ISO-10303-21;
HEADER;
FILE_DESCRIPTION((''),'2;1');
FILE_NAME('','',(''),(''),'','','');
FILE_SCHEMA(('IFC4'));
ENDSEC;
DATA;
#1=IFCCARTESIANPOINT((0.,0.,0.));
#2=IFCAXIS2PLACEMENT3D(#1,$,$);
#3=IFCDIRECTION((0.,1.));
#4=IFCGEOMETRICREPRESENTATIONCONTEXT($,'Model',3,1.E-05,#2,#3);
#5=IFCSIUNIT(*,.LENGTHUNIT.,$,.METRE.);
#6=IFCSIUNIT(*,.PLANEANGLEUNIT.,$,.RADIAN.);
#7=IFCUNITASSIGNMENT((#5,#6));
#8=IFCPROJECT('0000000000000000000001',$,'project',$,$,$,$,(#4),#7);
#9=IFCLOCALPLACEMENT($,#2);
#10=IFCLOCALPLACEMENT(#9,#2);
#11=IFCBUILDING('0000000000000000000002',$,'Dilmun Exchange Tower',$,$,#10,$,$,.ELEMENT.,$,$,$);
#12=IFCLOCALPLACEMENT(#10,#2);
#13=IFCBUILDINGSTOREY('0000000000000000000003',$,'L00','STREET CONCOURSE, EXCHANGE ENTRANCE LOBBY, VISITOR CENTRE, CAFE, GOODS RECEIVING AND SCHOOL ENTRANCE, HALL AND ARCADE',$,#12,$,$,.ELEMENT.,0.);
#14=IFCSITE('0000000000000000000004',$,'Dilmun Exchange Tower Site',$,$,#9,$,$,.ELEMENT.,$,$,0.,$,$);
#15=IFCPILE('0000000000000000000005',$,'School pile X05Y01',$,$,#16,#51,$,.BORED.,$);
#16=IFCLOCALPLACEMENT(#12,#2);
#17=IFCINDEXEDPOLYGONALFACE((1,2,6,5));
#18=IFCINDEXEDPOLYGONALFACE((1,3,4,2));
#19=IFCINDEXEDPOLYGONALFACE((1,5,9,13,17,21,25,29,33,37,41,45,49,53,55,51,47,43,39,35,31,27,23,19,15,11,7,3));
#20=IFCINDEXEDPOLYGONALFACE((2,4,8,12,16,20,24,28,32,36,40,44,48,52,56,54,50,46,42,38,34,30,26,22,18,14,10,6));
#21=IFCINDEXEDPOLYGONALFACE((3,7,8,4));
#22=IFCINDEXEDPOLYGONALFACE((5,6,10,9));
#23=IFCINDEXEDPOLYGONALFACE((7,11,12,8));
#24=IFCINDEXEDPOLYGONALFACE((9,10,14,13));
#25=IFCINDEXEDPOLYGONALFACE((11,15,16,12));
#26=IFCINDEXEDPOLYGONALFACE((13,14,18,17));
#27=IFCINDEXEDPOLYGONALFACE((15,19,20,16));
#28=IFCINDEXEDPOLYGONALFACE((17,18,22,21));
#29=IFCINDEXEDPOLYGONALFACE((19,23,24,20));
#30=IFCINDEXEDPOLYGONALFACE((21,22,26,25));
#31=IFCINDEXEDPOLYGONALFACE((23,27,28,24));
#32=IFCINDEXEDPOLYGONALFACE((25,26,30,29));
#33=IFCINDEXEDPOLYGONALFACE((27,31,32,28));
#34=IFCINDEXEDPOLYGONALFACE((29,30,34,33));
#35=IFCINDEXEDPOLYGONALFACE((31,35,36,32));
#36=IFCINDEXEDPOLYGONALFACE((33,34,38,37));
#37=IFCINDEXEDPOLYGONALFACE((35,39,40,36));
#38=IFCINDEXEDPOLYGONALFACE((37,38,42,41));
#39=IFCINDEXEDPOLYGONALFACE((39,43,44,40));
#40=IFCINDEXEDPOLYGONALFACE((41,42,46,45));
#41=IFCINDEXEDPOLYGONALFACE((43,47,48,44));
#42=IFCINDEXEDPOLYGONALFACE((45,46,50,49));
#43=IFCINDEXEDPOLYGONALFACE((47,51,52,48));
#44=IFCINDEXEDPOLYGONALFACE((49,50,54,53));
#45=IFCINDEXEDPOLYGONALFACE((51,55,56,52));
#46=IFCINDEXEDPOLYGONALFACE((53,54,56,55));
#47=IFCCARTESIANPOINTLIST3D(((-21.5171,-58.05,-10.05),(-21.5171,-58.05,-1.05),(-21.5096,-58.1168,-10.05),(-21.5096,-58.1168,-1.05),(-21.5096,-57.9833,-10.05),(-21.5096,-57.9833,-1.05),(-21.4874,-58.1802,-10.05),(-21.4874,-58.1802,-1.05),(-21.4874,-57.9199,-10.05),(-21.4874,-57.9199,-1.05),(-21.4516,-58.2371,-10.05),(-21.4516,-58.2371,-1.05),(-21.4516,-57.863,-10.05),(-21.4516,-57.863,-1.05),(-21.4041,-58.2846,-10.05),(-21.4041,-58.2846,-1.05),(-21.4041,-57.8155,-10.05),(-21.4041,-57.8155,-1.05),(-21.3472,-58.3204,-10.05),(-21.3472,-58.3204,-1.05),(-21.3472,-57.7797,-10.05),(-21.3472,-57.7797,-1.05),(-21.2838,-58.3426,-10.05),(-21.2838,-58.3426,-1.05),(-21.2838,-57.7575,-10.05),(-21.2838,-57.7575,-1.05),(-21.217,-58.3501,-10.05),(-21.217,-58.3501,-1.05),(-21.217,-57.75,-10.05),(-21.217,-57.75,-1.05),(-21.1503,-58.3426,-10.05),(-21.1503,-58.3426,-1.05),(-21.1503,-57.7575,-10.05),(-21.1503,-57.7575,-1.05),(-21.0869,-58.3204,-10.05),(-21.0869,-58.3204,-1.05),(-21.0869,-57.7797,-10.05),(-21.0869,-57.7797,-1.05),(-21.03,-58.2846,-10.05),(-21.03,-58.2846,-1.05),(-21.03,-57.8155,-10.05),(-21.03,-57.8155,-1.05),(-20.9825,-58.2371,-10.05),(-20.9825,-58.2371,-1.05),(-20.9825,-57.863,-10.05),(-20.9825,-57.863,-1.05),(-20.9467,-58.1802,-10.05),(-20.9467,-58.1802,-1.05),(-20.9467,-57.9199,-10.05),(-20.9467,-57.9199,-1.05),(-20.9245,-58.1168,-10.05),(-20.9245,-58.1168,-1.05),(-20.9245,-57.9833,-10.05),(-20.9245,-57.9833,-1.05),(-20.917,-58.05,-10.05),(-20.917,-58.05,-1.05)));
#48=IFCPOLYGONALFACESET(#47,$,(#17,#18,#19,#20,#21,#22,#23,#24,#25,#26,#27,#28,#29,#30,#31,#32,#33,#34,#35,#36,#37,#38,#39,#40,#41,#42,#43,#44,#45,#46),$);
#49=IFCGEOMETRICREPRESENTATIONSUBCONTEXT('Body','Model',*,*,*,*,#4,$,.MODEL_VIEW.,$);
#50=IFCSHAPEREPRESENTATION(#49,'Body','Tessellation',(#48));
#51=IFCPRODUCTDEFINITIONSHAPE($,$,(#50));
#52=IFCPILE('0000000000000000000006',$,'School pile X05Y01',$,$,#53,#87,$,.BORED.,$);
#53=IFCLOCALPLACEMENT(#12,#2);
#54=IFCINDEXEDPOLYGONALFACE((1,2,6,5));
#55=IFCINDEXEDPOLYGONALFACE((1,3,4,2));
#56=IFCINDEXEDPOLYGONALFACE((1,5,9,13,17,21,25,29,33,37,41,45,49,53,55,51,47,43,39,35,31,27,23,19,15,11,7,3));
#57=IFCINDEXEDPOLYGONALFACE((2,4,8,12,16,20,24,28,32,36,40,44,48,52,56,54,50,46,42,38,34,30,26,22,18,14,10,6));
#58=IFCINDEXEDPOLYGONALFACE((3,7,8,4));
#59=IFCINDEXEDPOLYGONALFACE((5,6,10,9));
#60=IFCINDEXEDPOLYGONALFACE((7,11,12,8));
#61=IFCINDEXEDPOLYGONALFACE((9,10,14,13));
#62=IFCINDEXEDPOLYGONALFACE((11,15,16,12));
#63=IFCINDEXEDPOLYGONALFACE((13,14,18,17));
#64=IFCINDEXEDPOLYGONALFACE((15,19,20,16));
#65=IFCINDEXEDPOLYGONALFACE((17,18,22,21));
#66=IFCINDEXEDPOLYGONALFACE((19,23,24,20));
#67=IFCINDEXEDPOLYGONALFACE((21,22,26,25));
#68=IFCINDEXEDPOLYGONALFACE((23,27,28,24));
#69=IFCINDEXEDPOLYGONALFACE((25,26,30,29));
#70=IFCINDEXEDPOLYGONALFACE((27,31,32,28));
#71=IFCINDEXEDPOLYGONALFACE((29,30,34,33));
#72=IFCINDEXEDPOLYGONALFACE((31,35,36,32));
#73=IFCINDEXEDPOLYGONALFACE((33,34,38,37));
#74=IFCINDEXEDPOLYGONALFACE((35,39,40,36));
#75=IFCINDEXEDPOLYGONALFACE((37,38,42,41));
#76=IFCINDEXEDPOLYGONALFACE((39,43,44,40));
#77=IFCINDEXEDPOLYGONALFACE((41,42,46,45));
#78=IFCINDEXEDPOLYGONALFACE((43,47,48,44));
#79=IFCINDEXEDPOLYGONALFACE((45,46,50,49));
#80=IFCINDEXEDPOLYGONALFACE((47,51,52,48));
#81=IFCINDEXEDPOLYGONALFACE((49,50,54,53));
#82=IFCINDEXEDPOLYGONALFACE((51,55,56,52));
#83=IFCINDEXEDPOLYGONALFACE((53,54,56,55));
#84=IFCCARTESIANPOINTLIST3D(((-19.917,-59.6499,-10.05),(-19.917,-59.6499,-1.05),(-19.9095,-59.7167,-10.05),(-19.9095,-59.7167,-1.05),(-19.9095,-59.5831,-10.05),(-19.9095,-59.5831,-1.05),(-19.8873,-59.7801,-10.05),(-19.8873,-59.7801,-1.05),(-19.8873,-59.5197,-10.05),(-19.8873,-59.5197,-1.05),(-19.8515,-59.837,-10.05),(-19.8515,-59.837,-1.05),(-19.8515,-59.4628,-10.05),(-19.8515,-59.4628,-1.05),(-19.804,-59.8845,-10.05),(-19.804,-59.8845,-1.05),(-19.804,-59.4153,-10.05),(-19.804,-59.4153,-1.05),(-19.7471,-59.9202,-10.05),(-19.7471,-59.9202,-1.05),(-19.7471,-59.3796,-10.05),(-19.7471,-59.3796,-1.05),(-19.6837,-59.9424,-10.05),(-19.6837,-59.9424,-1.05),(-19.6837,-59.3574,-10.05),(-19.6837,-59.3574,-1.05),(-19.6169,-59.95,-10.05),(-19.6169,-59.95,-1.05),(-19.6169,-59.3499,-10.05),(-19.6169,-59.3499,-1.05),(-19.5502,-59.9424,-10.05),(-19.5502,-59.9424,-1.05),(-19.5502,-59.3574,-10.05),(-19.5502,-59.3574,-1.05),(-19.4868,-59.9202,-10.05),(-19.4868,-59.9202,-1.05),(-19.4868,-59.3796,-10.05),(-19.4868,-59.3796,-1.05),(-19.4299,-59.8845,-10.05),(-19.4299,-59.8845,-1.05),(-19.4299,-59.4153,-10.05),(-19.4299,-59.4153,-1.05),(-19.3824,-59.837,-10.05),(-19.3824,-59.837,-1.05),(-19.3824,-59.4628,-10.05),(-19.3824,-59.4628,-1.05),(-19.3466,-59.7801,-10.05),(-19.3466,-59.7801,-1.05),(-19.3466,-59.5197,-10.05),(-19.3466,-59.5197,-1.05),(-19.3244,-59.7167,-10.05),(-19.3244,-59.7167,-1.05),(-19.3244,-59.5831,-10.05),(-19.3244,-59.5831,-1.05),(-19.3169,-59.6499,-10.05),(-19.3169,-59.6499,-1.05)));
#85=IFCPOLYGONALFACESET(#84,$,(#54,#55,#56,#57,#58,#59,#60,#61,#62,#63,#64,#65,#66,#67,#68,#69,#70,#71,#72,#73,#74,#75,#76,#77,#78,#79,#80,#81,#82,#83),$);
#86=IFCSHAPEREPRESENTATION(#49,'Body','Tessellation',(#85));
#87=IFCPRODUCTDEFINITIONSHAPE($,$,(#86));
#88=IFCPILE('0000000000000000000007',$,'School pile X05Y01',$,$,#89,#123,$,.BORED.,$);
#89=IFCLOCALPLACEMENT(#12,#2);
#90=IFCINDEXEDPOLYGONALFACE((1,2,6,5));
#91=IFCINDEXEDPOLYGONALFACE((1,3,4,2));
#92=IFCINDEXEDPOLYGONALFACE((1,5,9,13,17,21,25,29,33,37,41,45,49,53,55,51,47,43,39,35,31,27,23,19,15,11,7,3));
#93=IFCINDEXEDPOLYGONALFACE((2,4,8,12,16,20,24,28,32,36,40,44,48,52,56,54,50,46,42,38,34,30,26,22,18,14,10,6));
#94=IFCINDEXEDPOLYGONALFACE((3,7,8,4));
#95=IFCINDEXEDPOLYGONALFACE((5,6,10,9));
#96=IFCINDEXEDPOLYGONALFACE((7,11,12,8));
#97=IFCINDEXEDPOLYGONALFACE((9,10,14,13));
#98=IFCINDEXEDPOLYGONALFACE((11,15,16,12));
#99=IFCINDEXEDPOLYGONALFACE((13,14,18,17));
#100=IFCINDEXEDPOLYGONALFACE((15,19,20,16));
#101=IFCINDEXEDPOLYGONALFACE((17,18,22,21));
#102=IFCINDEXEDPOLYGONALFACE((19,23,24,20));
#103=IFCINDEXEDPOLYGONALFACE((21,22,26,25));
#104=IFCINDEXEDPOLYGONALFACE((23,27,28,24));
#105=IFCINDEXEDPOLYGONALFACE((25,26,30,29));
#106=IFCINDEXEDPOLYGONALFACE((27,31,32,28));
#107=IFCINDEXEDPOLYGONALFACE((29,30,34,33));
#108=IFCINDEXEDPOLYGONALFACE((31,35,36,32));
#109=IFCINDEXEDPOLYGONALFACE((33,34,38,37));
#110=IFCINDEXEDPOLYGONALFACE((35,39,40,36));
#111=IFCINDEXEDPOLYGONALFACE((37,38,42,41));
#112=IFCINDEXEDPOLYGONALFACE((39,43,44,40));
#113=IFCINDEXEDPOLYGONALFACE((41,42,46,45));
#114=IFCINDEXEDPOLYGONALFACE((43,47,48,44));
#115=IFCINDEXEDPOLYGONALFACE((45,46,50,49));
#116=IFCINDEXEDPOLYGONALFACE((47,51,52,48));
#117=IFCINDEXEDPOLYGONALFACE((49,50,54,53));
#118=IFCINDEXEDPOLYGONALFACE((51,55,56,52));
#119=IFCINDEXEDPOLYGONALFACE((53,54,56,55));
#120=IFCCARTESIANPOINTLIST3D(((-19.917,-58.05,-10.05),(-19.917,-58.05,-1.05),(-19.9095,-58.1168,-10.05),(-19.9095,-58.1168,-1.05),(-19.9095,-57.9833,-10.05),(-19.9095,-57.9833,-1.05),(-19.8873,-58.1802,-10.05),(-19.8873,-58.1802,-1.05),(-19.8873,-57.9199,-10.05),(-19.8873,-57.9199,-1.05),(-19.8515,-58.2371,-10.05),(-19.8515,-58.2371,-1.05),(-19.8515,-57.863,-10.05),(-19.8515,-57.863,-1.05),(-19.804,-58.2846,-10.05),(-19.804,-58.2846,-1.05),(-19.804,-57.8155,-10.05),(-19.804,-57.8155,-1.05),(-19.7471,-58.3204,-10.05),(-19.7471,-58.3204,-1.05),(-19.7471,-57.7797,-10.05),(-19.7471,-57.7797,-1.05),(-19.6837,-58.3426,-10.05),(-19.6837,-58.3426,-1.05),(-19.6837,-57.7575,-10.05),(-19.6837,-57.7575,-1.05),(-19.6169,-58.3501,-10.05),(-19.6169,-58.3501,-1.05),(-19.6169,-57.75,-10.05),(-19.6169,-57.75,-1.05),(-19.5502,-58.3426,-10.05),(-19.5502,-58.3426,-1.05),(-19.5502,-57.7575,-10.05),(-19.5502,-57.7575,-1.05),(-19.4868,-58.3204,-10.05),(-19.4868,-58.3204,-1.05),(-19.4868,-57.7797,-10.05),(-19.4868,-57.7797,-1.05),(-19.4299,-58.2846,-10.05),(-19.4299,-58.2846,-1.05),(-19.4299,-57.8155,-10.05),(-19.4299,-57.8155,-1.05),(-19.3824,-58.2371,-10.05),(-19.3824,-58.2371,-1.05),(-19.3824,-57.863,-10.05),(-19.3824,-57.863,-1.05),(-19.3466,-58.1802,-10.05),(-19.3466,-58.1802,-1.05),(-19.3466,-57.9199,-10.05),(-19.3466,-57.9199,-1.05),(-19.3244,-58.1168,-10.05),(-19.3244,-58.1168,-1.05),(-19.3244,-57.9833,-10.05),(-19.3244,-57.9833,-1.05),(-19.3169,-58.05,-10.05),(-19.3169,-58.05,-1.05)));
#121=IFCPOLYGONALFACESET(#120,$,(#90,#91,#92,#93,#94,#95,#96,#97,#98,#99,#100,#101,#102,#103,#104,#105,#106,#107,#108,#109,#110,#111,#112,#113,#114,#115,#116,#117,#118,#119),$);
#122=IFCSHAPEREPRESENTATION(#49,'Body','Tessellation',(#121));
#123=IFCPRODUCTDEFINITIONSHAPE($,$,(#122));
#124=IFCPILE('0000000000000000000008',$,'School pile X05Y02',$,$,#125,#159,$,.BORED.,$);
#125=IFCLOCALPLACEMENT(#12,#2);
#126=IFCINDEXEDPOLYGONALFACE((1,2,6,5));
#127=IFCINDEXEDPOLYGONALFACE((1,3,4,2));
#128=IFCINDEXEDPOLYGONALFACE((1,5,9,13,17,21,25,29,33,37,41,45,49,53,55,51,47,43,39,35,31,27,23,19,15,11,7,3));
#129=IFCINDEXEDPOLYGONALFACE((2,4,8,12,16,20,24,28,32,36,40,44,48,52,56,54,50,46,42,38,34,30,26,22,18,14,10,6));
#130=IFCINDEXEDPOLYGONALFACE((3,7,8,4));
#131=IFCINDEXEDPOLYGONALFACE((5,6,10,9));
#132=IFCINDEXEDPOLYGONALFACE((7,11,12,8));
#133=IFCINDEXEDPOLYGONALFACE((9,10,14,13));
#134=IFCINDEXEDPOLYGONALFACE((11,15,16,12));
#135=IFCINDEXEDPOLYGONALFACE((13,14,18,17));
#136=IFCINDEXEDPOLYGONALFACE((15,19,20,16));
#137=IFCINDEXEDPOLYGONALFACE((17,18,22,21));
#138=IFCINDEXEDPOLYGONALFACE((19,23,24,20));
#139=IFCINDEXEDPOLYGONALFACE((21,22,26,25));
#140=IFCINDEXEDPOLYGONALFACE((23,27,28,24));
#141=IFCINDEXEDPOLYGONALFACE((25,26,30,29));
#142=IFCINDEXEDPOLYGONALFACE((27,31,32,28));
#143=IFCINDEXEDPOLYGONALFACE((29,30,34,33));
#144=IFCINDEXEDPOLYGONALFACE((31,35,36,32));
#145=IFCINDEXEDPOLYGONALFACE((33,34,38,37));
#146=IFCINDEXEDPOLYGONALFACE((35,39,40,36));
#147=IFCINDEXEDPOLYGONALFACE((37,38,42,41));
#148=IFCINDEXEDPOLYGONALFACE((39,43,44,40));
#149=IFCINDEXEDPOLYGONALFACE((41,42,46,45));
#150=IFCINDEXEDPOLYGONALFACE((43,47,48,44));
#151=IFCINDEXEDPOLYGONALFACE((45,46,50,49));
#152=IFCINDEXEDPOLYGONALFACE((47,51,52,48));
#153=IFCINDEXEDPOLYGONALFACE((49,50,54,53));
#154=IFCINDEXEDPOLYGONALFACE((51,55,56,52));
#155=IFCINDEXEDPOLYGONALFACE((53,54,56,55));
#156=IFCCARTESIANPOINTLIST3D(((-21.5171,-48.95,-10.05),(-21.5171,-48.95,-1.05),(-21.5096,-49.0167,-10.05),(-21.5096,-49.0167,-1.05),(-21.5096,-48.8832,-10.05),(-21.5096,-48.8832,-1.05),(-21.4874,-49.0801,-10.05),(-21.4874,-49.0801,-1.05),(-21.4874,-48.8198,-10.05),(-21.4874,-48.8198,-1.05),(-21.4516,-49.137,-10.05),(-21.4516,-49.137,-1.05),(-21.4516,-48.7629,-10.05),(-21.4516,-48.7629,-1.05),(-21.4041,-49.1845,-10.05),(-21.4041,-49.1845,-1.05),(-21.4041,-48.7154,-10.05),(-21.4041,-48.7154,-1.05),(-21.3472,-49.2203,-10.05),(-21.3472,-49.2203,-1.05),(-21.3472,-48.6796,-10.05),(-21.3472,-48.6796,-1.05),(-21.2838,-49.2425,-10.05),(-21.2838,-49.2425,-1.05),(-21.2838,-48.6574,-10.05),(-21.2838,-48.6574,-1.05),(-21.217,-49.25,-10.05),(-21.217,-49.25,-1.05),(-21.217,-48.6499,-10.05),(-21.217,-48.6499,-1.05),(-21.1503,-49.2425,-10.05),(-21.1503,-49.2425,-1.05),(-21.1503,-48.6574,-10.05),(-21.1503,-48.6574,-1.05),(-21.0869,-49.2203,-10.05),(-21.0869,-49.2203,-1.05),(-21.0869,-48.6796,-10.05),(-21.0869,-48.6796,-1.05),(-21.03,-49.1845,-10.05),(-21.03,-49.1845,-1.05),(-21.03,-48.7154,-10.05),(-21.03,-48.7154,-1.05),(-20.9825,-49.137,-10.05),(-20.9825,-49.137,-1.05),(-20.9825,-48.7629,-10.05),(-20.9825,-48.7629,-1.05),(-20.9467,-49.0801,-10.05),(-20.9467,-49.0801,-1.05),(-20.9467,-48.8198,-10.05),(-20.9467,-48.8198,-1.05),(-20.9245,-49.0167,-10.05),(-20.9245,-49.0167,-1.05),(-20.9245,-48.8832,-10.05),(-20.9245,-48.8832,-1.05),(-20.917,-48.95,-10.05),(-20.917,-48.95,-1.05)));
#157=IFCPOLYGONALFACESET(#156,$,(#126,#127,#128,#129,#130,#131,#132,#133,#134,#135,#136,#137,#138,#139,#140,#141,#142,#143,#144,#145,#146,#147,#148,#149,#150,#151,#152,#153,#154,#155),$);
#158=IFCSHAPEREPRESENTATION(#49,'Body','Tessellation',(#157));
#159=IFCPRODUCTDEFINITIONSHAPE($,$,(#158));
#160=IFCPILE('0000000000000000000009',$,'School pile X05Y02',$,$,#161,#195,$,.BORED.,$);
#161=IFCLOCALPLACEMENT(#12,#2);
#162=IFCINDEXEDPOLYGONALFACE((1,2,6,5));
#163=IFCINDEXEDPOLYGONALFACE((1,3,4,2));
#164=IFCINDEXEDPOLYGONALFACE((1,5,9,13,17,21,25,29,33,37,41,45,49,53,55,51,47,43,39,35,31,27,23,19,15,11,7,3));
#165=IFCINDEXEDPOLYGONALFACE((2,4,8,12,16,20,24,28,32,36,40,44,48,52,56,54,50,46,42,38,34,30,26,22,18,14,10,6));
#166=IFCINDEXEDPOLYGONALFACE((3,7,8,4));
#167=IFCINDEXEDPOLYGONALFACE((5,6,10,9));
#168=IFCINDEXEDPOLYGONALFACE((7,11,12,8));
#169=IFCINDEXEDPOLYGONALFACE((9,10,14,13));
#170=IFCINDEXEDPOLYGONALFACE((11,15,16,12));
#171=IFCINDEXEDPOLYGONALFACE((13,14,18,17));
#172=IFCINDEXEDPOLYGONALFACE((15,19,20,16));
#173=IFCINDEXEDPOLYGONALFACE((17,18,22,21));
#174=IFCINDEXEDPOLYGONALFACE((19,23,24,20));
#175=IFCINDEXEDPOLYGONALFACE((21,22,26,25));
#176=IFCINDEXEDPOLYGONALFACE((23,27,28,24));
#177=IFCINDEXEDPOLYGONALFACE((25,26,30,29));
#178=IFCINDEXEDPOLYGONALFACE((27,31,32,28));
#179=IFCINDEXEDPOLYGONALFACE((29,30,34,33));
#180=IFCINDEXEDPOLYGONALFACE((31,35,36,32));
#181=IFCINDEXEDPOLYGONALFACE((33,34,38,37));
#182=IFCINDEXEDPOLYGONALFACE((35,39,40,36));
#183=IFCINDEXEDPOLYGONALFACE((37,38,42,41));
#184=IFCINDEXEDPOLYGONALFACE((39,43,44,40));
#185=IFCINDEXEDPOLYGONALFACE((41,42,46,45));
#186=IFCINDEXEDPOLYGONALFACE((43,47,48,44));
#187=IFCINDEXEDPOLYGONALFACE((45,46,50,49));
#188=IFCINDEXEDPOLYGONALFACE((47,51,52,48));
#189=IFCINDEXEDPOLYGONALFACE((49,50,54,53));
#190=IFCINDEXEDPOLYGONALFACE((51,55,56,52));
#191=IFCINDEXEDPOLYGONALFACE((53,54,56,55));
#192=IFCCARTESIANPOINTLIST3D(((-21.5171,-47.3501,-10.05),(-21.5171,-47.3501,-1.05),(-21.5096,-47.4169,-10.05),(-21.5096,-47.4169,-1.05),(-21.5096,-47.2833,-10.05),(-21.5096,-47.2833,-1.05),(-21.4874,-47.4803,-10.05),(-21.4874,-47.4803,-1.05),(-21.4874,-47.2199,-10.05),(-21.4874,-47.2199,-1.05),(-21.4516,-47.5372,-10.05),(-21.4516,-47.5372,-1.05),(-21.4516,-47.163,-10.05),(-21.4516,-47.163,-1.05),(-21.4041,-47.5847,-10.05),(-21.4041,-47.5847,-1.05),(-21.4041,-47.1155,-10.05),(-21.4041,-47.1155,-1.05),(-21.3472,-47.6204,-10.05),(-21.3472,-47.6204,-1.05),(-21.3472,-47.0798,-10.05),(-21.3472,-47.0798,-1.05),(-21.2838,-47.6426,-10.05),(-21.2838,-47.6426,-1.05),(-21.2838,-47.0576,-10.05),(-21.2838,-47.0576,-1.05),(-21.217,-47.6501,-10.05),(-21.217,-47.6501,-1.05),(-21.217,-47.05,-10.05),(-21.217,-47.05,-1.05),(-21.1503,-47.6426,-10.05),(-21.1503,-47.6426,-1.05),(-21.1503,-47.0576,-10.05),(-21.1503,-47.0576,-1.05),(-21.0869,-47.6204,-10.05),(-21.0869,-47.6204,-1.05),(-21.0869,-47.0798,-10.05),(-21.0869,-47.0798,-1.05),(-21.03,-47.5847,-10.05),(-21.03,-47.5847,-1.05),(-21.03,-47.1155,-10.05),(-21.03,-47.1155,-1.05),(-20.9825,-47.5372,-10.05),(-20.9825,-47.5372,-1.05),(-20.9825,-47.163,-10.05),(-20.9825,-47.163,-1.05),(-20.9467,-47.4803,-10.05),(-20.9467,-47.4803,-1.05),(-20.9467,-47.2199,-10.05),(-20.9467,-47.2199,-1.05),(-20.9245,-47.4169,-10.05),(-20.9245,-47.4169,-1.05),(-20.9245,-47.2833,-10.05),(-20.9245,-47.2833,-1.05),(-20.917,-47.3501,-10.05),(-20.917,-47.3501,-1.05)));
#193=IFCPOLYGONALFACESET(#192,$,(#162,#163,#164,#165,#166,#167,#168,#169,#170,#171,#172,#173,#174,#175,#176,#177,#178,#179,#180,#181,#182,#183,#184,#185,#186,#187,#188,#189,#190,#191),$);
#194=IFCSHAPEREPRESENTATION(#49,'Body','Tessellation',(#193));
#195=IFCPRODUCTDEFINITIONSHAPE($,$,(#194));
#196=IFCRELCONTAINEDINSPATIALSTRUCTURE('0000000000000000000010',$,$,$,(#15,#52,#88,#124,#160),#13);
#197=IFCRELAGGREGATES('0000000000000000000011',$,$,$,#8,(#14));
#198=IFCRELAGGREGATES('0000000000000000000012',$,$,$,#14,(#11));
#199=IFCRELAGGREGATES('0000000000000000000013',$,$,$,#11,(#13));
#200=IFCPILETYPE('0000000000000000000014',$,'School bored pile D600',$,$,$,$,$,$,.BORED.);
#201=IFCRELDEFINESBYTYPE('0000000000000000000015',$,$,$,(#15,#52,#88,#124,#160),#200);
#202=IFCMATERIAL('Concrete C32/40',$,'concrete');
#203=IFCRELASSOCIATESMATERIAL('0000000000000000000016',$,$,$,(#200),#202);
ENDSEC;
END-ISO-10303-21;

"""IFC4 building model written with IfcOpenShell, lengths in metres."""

from ifc_helpers import new_model, si_unit, direction, frame, origin, origin_2d, place, context, subcontext, project, spatial, circle, extrude, material, material_profile, profile_set, type_object, element, save


model = new_model("IFC4")

# Units and contexts
model_context = context("Model", 3, precision=1e-05, world=origin(), true_north=direction((0.0, 1.0)))
body_context = subcontext(model_context, "Body", "Model", "MODEL_VIEW")
ifc_project = project(units=[si_unit("LENGTHUNIT", "METRE"), si_unit("PLANEANGLEUNIT", "RADIAN")], contexts=[model_context])

# Site, building, storey
site_placement = place(None, origin())
site = spatial("IfcSite", under=ifc_project, at=site_placement, Name="Dilmun Exchange Tower Site", CompositionType="ELEMENT", RefElevation=0.0)
building_placement = place(site_placement, origin())
building = spatial("IfcBuilding", under=site, at=building_placement, Name="Dilmun Exchange Tower", CompositionType="ELEMENT")
storey_placement = place(building_placement, origin())
storey = spatial("IfcBuildingStorey", under=building, at=storey_placement, Name="L00", Description="STREET CONCOURSE, EXCHANGE ENTRANCE LOBBY, VISITOR CENTRE, CAFE, GOODS RECEIVING AND SCHOOL ENTRANCE, HALL AND ARCADE", CompositionType="ELEMENT", Elevation=0.0)

# Piles
ifc_material_1 = material(Name="Concrete C32/40", Category="concrete")
ifc_material_profile_1 = material_profile(ifc_material_1, circle(Radius=0.3, at=origin_2d()), Name="D600")
ifc_profile_set_1 = profile_set([ifc_material_profile_1], Name="Concrete C32/40")
pile_type = type_object("IfcPileType", Name="School bored pile D600", PredefinedType="BORED", material=ifc_profile_set_1)
for number, where, z_axis, x_axis, name in (
    (1, (-21.217, -58.05, -1.05), (0.0, 0.0, -1.0), (1.0, 0.0, 0.0), "School pile X05Y01"),
    (2, (-19.6169, -59.6499, -1.05), (0.0, 0.0, -1.0), (1.0, 0.0, 0.0), "School pile X05Y01"),
    (3, (-19.6169, -58.05, -1.05), (0.0, 0.0, -1.0), (1.0, 0.0, 0.0), "School pile X05Y01"),
    (4, (-21.217, -48.95, -1.05), (0.0, 0.0, -1.0), (1.0, 0.0, 0.0), "School pile X05Y02"),
    (5, (-21.217, -47.3501, -1.05), (0.0, 0.0, -1.0), (1.0, 0.0, 0.0), "School pile X05Y02"),
):
    element("IfcPile", number, at=place(storey_placement, frame(where, z_axis=z_axis, x_axis=x_axis)), inside=storey, type_object=pile_type, Name=name, PredefinedType="BORED", context=body_context, shape_type="SweptSolid", body=[
        extrude(circle(Radius=0.3, at=origin_2d()), origin(), (0.0, 0.0, 1.0), 9.0),
    ])

save(model, "model.ifc")
